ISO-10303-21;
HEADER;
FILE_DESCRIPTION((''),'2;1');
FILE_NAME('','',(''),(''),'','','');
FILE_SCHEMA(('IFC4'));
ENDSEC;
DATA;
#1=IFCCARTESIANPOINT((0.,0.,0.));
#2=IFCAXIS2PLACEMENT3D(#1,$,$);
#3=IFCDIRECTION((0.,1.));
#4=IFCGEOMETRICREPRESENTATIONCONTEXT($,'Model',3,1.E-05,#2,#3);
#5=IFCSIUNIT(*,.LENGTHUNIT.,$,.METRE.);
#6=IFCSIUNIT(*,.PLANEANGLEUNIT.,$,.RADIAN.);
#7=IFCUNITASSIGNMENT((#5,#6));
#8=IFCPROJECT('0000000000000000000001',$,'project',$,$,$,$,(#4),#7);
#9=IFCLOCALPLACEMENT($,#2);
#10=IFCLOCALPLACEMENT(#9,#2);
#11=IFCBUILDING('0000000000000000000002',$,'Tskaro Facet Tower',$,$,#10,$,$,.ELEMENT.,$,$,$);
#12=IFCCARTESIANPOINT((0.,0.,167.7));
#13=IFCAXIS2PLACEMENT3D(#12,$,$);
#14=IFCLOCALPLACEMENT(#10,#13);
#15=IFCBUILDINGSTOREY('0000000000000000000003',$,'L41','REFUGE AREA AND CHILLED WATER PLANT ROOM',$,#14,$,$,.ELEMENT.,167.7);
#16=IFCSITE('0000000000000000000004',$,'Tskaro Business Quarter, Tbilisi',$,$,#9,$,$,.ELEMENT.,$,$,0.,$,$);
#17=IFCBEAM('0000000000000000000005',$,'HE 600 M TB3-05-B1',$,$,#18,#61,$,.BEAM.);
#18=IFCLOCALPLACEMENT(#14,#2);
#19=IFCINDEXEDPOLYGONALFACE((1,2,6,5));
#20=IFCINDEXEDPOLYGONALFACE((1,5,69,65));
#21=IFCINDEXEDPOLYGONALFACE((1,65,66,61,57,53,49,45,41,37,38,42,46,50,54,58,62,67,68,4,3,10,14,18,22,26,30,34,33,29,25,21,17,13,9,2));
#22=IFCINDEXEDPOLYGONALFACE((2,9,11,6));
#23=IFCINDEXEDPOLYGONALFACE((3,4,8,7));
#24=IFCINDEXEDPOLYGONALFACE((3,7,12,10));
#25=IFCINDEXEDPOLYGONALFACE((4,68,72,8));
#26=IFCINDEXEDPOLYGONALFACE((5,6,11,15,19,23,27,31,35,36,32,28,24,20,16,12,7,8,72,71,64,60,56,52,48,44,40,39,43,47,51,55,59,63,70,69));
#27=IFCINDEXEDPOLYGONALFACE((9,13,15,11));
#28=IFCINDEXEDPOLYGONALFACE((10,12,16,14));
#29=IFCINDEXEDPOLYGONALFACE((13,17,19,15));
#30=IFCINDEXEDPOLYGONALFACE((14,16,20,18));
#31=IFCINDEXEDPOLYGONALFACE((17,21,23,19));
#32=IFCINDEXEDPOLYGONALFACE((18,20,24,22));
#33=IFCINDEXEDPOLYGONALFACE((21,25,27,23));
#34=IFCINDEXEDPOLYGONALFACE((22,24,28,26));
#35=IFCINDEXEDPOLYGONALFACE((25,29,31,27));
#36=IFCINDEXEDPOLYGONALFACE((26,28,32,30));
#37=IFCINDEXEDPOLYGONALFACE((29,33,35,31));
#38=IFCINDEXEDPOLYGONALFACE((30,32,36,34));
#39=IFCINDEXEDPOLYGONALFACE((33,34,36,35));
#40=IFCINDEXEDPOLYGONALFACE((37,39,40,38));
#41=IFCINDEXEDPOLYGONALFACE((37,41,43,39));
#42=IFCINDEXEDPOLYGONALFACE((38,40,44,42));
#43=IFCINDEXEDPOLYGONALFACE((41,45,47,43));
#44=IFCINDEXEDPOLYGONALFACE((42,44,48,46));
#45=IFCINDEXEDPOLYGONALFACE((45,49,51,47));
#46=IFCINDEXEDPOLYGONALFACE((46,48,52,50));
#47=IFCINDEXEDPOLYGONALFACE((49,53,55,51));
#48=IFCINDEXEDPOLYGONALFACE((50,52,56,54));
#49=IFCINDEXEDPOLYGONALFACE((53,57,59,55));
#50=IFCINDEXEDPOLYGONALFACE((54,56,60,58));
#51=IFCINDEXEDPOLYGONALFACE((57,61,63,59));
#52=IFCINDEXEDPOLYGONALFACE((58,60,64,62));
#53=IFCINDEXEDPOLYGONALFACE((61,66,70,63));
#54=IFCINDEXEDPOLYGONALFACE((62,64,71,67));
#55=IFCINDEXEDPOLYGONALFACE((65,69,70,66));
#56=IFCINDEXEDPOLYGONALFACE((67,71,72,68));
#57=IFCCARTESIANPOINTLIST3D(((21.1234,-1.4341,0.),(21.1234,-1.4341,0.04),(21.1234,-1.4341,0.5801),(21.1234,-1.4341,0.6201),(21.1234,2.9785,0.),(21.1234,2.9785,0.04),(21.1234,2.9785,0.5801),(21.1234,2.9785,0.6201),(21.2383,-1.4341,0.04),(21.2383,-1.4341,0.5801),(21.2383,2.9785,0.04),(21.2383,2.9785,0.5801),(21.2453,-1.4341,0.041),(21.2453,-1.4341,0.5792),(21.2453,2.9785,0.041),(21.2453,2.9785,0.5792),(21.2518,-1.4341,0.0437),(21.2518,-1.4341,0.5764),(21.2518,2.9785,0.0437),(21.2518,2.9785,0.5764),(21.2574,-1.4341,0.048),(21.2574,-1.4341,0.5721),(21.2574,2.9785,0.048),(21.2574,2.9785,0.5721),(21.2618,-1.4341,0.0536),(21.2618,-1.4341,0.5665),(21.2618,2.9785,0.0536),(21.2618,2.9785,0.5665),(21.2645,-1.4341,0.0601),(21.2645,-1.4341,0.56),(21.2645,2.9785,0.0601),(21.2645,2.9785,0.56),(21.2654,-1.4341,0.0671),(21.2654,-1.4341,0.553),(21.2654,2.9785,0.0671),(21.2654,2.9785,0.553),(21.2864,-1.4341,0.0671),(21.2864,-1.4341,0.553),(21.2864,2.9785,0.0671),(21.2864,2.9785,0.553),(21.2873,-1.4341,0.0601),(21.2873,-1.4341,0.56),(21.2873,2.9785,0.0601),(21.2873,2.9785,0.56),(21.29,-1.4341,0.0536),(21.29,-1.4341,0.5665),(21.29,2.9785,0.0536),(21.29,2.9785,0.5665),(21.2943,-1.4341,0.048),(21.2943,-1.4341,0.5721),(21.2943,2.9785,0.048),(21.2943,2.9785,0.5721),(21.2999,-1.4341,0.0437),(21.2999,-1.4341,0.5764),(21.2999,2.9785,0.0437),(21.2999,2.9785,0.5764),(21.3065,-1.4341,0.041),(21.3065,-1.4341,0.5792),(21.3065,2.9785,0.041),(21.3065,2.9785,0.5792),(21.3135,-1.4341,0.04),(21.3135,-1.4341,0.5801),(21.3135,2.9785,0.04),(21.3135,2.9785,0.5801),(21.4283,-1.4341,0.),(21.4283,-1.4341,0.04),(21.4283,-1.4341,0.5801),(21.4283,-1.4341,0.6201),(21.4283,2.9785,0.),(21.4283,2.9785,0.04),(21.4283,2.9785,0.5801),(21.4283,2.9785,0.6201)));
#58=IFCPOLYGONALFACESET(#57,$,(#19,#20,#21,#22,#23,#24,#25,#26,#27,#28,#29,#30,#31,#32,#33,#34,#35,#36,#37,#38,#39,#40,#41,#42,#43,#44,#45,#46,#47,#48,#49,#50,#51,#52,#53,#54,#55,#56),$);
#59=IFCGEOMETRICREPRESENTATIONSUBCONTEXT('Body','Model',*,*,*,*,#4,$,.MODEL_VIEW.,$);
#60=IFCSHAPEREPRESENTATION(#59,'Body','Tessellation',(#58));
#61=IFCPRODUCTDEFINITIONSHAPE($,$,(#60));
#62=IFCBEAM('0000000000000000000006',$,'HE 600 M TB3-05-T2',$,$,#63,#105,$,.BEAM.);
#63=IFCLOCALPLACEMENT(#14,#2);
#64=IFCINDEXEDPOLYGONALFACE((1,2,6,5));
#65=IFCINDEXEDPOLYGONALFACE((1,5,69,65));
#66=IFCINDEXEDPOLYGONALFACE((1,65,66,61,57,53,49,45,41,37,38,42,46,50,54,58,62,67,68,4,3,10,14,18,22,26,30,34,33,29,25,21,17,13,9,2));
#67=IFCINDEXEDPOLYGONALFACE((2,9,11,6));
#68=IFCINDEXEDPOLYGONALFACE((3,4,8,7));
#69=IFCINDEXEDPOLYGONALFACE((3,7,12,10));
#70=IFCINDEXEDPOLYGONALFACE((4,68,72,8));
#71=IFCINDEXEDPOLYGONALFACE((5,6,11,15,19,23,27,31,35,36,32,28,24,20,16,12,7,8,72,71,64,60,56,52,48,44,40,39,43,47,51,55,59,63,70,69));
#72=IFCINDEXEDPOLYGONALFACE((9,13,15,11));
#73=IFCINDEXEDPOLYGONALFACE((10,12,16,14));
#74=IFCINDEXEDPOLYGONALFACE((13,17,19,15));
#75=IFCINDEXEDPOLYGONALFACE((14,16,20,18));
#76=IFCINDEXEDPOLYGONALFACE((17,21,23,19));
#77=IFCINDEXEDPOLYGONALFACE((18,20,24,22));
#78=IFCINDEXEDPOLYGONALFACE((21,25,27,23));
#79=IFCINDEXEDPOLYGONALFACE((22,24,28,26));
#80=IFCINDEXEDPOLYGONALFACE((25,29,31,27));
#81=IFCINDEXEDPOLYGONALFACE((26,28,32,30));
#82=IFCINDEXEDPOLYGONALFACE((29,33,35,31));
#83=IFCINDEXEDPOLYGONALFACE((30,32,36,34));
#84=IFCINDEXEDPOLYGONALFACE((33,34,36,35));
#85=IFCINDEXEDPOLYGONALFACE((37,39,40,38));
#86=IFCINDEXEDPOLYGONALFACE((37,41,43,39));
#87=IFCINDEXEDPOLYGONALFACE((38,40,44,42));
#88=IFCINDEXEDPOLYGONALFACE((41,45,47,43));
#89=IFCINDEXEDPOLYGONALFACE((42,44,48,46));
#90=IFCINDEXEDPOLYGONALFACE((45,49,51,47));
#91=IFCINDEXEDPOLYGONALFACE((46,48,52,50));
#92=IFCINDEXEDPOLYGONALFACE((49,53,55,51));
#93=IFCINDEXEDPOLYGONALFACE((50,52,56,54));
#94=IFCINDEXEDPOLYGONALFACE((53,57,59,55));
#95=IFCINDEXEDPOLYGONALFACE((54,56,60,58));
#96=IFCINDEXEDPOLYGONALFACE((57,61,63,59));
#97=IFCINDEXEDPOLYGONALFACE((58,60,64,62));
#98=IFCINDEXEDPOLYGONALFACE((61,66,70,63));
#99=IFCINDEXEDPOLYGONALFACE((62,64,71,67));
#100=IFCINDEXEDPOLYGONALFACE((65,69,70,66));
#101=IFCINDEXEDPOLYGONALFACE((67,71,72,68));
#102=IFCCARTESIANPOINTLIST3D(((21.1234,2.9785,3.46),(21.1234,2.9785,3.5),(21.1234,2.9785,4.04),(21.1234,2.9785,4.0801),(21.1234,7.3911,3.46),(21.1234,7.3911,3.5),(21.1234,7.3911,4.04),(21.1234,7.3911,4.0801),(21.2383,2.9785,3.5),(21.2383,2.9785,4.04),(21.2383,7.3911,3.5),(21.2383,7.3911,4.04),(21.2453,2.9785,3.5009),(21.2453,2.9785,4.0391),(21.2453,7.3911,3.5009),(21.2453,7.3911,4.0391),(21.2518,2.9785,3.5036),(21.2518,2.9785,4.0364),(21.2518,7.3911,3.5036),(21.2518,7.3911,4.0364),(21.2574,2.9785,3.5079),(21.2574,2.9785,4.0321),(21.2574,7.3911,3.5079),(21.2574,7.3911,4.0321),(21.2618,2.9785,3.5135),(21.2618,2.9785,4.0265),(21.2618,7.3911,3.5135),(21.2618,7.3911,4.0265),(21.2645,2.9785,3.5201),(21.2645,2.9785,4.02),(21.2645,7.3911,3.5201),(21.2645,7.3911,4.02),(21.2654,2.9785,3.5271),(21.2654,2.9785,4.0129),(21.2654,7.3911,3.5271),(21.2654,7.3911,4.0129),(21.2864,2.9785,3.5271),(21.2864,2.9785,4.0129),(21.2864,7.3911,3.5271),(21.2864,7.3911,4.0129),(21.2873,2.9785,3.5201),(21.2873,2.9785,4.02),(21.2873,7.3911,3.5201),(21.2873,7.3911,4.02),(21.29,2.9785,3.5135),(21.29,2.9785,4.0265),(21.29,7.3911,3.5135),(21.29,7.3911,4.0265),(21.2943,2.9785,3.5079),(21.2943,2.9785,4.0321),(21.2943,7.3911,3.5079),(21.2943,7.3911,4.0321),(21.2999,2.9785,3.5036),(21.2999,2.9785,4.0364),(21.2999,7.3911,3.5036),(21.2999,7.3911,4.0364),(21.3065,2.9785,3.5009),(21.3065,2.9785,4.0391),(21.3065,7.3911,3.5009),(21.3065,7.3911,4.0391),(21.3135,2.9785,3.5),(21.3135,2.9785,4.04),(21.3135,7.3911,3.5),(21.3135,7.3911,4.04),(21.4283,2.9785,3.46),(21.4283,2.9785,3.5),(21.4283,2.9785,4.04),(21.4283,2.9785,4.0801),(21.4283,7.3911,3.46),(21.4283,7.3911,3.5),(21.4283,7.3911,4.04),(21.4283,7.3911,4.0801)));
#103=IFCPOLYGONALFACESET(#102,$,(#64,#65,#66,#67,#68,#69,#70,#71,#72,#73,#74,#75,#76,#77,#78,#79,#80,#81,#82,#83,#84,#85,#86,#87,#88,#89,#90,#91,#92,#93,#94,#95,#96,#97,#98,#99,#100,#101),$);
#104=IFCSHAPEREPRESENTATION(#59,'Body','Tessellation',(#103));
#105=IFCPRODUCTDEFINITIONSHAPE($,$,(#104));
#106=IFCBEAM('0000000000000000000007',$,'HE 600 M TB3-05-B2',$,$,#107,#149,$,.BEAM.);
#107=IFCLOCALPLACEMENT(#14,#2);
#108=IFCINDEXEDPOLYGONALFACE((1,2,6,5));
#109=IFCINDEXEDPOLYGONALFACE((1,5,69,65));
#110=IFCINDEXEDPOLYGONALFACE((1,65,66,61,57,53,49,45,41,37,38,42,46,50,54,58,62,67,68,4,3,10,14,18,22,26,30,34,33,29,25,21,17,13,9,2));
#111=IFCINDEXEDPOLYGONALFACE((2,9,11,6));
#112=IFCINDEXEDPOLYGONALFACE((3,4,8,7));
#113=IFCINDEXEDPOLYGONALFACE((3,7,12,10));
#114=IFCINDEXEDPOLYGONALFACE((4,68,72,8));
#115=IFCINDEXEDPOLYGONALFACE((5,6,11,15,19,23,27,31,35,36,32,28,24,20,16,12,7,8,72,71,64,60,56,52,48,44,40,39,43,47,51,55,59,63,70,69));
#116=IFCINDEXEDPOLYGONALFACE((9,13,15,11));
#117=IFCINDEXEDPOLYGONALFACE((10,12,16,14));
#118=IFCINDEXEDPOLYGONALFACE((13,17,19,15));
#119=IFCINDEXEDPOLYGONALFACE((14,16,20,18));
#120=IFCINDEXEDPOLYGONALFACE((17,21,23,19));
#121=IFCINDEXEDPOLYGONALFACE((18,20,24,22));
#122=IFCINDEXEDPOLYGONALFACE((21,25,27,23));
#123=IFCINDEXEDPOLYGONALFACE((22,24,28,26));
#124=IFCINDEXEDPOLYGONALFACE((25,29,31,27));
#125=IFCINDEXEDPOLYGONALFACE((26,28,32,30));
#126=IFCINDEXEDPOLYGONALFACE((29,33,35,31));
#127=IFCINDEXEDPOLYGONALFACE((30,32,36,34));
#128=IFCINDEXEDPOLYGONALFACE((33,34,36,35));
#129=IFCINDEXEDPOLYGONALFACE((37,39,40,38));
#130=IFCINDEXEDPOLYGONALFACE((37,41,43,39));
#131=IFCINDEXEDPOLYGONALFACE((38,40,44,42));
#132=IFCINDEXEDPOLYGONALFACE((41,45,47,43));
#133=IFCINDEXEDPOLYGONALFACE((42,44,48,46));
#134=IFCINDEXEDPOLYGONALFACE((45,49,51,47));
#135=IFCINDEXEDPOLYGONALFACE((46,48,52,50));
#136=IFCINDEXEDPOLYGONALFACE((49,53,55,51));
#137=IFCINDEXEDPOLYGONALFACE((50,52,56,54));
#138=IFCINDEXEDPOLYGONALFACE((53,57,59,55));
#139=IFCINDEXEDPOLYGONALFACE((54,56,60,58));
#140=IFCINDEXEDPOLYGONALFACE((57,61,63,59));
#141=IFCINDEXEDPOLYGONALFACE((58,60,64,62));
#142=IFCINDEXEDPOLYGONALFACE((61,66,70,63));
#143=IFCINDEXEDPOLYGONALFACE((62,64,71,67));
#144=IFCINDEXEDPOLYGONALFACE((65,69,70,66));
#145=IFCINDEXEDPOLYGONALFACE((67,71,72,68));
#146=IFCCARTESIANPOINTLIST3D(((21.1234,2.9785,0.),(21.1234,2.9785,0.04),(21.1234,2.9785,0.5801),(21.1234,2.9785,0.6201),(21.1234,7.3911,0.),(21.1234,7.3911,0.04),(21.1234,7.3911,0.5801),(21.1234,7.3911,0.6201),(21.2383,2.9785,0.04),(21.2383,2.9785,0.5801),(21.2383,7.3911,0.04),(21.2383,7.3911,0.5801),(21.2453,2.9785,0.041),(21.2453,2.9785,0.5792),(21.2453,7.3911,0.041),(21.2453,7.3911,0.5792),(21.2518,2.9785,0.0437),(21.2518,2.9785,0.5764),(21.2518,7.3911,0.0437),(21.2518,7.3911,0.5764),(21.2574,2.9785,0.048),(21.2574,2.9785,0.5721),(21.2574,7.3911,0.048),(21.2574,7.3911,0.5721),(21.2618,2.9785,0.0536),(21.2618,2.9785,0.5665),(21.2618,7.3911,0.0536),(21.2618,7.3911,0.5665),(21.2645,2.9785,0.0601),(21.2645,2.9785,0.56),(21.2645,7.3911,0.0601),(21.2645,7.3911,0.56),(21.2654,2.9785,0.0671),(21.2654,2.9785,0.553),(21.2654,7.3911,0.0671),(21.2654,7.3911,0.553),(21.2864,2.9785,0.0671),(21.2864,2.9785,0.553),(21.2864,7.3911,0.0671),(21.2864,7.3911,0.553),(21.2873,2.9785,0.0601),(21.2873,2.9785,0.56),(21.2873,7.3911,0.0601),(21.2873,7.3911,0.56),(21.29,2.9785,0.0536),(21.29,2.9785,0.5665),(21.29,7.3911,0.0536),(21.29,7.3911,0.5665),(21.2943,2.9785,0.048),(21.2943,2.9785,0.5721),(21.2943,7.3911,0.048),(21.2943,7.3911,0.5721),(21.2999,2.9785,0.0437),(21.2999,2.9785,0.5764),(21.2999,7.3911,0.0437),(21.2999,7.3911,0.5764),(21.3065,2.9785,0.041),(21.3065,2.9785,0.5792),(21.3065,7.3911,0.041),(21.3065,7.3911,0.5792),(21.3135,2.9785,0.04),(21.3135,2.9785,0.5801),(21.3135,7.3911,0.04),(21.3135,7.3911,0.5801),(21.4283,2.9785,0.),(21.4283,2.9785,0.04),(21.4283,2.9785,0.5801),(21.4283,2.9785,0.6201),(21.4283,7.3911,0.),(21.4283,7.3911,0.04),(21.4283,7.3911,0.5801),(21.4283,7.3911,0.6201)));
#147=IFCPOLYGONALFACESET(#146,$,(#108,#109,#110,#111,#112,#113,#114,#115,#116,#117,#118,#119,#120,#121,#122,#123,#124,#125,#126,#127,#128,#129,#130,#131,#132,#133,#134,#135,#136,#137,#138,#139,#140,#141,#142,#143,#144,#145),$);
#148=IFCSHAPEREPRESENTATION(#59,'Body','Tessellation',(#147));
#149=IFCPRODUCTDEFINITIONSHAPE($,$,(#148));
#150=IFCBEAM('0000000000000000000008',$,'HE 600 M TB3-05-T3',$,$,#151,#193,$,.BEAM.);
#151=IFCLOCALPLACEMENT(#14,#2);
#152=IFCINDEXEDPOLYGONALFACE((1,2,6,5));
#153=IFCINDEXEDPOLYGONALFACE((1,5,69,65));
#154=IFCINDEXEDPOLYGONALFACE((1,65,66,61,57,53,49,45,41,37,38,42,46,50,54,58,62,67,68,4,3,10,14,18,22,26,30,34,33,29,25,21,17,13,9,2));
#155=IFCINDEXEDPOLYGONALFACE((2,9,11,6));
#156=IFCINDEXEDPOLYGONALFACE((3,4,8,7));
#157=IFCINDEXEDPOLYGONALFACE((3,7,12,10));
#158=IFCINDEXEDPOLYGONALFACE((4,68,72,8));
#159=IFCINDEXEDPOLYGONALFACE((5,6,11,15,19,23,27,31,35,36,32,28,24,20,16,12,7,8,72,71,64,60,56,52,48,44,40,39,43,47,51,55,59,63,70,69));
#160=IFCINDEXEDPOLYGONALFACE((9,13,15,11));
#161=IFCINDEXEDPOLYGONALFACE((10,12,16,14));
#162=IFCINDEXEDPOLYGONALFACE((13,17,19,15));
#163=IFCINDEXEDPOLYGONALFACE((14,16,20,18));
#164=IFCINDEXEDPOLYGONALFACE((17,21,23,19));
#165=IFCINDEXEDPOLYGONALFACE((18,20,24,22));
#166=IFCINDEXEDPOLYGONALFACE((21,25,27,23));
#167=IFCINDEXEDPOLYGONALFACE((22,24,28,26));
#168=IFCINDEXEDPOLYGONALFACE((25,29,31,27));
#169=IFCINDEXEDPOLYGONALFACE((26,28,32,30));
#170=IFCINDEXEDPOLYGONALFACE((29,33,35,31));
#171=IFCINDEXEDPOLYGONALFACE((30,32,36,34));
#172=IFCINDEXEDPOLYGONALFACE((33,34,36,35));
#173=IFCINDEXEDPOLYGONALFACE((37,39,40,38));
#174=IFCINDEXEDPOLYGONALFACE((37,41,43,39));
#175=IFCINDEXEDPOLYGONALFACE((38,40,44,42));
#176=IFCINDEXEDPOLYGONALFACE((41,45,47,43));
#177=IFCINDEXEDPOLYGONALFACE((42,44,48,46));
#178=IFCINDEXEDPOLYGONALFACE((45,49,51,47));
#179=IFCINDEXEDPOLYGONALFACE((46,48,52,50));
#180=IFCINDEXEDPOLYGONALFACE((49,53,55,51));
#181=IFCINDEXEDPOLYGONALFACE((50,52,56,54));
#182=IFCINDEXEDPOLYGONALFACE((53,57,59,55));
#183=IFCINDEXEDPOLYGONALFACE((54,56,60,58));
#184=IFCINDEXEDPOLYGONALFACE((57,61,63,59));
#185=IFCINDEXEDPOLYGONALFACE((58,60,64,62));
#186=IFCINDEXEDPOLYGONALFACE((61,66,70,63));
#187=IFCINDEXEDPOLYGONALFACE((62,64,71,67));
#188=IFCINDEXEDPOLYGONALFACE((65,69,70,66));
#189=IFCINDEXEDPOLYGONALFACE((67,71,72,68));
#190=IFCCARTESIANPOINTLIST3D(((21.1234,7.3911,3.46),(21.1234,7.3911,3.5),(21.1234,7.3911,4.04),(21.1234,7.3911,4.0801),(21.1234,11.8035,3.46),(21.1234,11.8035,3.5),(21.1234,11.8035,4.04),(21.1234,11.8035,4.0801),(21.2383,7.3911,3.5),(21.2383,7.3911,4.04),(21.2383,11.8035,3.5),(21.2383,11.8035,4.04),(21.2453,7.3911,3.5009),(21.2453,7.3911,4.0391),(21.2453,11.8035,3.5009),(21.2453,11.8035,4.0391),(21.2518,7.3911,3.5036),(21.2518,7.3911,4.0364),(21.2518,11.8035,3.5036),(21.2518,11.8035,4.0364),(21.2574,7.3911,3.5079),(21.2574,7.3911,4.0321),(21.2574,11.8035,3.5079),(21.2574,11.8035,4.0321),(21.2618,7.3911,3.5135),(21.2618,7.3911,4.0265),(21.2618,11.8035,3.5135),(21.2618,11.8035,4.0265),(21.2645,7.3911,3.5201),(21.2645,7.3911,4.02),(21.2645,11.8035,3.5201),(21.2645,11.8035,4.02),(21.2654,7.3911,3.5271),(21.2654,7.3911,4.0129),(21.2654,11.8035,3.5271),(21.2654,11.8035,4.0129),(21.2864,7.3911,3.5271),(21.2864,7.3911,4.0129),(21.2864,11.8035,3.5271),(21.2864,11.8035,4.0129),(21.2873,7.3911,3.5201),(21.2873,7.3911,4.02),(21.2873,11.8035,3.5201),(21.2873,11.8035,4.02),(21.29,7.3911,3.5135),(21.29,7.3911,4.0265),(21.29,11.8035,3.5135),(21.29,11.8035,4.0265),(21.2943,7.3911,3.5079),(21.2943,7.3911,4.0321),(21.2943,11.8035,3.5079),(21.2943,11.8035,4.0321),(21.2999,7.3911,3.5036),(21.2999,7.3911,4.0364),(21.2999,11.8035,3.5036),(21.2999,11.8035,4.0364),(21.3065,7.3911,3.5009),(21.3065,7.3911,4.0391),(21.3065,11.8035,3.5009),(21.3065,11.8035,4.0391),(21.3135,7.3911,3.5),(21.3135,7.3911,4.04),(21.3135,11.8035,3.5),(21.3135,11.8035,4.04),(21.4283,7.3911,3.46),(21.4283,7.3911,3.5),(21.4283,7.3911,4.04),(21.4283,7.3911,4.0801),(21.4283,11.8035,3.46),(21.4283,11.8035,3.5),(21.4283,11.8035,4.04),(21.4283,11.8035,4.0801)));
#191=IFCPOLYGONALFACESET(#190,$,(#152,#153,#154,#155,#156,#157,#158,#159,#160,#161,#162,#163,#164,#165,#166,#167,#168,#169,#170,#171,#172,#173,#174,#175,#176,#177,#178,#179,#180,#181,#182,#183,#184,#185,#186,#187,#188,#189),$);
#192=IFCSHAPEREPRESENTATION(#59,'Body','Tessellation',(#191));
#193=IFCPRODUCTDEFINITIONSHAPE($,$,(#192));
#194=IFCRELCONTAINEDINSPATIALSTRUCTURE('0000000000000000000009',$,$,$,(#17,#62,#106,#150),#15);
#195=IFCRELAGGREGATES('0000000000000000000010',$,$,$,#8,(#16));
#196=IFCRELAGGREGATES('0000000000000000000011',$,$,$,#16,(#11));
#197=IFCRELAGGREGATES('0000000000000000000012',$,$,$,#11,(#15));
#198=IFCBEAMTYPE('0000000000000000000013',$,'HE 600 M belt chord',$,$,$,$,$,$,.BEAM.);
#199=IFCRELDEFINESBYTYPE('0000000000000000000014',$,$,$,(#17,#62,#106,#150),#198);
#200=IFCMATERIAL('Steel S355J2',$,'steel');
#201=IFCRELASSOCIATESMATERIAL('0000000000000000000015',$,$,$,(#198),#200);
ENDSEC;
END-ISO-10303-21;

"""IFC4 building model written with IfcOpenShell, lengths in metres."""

from ifc_helpers import new_model, si_unit, direction, frame, origin, origin_2d, place, context, subcontext, project, spatial, i_section, extrude, material, material_profile, profile_set, type_object, element, save


model = new_model("IFC4")

# Units and contexts
model_context = context("Model", 3, precision=1e-05, world=origin(), true_north=direction((0.0, 1.0)))
body_context = subcontext(model_context, "Body", "Model", "MODEL_VIEW")
ifc_project = project(units=[si_unit("LENGTHUNIT", "METRE"), si_unit("PLANEANGLEUNIT", "RADIAN")], contexts=[model_context])

# Site, building, storey
site_placement = place(None, origin())
site = spatial("IfcSite", under=ifc_project, at=site_placement, Name="Tskaro Business Quarter, Tbilisi", CompositionType="ELEMENT", RefElevation=0.0)
building_placement = place(site_placement, origin())
building = spatial("IfcBuilding", under=site, at=building_placement, Name="Tskaro Facet Tower", CompositionType="ELEMENT")
storey_placement = place(building_placement, frame((0.0, 0.0, 167.7)))
storey = spatial("IfcBuildingStorey", under=building, at=storey_placement, Name="L41", Description="REFUGE AREA AND CHILLED WATER PLANT ROOM", CompositionType="ELEMENT", Elevation=167.7)

# Shared definitions
ifc_material_1 = material(Name="Steel S355J2", Category="steel")

# Beams
ifc_material_profile_1 = material_profile(ifc_material_1, i_section(OverallWidth=0.3049, OverallDepth=0.6201, WebThickness=0.021, FlangeThickness=0.04, FilletRadius=0.0271, at=origin_2d()), Name="HE 600 M")
ifc_profile_set_1 = profile_set([ifc_material_profile_1], Name="Steel S355J2")
beam_type_1 = type_object("IfcBeamType", Name="HE 600 M belt chord", PredefinedType="BEAM", material=ifc_profile_set_1)
for number, where, z_axis, x_axis, name in (
    (1, (21.2759, -1.4341, 0.3101), (0.0, 1.0, 0.0), (-1.0, 0.0, 0.0), "HE 600 M TB3-05-B1"),
    (2, (21.2759, 2.9785, 3.77), (0.0, 1.0, 0.0), (-1.0, 0.0, 0.0), "HE 600 M TB3-05-T2"),
    (3, (21.2759, 2.9785, 0.3101), (0.0, 1.0, 0.0), (-1.0, 0.0, 0.0), "HE 600 M TB3-05-B2"),
):
    element("IfcBeam", number, at=place(storey_placement, frame(where, z_axis=z_axis, x_axis=x_axis)), inside=storey, type_object=beam_type_1, Name=name, PredefinedType="BEAM", context=body_context, shape_type="SweptSolid", body=[
        extrude(i_section(OverallWidth=0.3049, OverallDepth=0.6201, WebThickness=0.021, FlangeThickness=0.04, FilletRadius=0.0271, at=origin_2d()), origin(), (0.0, 0.0, 1.0), 4.4126),
    ])
for number, where, z_axis, x_axis, name in (
    (4, (21.2759, 7.3911, 3.77), (0.0, 1.0, 0.0), (-1.0, 0.0, 0.0), "HE 600 M TB3-05-T3"),
):
    element("IfcBeam", number, at=place(storey_placement, frame(where, z_axis=z_axis, x_axis=x_axis)), inside=storey, type_object=beam_type_1, Name=name, PredefinedType="BEAM", context=body_context, shape_type="SweptSolid", body=[
        extrude(i_section(OverallWidth=0.3049, OverallDepth=0.6201, WebThickness=0.021, FlangeThickness=0.04, FilletRadius=0.0271, at=origin_2d()), origin(), (0.0, 0.0, 1.0), 4.4124),
    ])

save(model, "model.ifc")
